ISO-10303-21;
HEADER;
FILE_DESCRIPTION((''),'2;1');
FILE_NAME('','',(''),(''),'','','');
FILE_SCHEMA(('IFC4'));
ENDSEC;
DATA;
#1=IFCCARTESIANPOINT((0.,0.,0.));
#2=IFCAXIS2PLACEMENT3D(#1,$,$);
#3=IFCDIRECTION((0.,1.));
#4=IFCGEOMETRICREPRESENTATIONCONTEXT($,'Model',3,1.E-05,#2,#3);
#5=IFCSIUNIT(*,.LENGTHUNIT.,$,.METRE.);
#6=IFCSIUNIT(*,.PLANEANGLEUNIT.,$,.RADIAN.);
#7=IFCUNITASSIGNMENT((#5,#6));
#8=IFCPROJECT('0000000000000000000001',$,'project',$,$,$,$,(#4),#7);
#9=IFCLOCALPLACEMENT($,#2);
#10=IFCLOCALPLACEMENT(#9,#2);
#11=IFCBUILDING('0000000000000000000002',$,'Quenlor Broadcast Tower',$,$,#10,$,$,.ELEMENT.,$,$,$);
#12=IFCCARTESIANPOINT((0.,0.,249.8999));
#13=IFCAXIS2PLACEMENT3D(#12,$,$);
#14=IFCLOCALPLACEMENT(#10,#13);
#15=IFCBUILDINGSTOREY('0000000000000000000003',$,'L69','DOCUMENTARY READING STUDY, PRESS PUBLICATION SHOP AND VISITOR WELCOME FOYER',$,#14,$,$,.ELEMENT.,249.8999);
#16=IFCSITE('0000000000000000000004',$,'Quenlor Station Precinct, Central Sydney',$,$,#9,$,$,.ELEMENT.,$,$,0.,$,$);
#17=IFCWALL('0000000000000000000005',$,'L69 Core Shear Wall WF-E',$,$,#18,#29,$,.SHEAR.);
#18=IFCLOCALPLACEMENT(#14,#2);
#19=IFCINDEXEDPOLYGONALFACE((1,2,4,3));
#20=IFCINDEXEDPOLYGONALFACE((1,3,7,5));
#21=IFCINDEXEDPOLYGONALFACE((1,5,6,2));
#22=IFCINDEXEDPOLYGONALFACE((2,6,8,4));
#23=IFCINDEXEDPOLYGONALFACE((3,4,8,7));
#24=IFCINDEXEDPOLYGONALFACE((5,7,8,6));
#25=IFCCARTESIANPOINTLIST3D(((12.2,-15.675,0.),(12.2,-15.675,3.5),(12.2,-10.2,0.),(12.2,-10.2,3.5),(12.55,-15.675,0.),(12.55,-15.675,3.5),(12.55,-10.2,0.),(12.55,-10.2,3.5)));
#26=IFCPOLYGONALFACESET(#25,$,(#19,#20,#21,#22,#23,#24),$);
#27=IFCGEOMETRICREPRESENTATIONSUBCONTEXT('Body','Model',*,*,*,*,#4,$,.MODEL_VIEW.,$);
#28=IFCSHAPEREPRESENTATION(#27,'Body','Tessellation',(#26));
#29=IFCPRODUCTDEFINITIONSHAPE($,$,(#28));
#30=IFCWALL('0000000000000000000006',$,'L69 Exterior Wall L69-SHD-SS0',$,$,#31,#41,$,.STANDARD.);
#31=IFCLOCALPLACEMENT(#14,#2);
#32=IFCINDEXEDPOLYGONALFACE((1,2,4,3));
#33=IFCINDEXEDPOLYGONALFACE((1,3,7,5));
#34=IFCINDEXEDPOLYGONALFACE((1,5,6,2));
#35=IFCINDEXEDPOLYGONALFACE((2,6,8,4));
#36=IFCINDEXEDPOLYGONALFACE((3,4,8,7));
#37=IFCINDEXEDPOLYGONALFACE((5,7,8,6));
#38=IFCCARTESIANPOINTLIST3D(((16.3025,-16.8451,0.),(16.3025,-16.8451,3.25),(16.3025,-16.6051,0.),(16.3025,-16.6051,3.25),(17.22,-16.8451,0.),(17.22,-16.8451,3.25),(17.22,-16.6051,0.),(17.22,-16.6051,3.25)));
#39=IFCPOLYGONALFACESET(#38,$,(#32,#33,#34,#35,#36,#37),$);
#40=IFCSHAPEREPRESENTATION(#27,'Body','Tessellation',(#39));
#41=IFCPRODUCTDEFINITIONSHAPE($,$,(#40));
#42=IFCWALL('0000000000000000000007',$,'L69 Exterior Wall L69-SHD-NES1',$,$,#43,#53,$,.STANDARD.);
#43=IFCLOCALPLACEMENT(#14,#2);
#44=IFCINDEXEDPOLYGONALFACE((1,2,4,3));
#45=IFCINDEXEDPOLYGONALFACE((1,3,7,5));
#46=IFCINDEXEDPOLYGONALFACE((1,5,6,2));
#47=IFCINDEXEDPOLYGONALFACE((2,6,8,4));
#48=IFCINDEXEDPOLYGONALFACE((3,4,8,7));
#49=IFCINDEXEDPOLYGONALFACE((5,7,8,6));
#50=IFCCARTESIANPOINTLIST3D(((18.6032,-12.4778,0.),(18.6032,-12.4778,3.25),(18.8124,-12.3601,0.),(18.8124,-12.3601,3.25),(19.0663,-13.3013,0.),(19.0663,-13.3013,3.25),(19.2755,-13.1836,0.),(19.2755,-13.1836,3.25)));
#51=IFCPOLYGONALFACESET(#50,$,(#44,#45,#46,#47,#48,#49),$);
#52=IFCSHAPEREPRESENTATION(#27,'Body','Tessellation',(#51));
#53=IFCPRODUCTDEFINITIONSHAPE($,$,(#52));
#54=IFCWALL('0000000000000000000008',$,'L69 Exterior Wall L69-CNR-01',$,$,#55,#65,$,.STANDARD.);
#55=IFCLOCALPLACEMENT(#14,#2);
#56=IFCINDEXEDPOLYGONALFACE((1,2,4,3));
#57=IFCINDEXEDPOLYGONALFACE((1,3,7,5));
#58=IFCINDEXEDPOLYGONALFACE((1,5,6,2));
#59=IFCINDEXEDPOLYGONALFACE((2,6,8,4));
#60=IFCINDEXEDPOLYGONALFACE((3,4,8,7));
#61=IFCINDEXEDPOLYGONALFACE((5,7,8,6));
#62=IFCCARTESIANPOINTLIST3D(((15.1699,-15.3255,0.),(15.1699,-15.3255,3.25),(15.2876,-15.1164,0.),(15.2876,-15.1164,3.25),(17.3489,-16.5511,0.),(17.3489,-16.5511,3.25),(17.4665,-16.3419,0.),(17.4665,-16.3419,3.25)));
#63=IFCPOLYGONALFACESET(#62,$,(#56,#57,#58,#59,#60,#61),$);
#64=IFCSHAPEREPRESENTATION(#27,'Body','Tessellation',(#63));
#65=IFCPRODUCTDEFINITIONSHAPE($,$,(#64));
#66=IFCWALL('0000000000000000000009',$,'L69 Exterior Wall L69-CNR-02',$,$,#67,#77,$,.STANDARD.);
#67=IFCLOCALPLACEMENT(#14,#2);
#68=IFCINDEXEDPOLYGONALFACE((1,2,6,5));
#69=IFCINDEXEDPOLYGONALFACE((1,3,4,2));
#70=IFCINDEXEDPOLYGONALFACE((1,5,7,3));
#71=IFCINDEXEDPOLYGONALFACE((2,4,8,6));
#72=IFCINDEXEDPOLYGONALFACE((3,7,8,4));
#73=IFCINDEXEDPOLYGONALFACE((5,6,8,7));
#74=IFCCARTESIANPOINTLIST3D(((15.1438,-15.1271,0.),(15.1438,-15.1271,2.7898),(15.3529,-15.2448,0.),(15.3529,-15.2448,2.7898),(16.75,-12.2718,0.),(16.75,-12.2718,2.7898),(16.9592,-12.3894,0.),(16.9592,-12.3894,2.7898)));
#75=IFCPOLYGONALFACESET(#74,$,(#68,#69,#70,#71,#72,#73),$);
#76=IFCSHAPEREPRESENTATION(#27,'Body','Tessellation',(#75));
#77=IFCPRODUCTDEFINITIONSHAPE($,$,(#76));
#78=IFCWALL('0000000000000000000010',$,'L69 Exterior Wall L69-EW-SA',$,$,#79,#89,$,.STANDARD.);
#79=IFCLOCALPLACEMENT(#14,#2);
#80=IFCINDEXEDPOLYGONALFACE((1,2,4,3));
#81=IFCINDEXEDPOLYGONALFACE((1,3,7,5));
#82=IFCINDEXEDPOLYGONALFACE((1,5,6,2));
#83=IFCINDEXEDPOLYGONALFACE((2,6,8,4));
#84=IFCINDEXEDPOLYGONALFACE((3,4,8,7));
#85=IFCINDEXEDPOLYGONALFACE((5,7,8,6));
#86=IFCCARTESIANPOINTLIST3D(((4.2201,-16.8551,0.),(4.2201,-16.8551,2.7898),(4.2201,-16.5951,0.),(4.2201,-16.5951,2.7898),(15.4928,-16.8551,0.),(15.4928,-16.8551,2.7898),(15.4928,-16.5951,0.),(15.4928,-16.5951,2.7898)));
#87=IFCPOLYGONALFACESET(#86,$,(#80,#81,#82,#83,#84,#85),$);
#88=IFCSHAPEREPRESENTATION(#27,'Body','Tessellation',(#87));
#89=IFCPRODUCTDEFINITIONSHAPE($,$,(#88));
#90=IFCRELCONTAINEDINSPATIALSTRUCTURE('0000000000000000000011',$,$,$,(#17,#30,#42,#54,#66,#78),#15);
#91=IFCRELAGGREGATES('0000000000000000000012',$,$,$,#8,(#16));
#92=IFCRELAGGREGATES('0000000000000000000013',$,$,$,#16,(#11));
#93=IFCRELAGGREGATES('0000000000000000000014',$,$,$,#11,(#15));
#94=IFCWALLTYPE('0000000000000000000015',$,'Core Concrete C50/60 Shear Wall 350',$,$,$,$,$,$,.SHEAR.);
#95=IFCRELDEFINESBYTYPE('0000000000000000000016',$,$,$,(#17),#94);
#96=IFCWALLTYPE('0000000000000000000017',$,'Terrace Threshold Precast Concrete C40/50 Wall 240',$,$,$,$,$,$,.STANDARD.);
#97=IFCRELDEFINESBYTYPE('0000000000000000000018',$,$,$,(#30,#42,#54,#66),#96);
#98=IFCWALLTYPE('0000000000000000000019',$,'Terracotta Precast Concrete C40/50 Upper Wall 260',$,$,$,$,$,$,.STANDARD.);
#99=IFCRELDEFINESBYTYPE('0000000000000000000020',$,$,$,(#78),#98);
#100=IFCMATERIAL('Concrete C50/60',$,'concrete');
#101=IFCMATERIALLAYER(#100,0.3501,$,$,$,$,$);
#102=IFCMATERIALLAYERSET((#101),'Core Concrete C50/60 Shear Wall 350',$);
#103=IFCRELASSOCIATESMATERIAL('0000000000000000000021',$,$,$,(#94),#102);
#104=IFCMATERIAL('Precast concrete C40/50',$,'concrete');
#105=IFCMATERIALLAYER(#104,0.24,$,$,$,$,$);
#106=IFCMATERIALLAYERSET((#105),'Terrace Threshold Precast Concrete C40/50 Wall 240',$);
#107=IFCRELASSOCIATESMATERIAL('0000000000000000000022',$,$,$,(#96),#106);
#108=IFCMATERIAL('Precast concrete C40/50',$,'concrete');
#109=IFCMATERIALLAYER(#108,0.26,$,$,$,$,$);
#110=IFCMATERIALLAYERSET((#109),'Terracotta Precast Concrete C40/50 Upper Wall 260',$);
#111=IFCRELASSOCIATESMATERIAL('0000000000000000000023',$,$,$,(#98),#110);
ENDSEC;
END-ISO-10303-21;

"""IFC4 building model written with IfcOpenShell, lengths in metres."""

from ifc_helpers import new_model, si_unit, direction, frame, frame_2d, origin, place, context, subcontext, project, spatial, rectangle, extrude, material, layer, layer_set, type_object, element, save


model = new_model("IFC4")

# Units and contexts
model_context = context("Model", 3, precision=1e-05, world=origin(), true_north=direction((0.0, 1.0)))
body_context = subcontext(model_context, "Body", "Model", "MODEL_VIEW")
ifc_project = project(units=[si_unit("LENGTHUNIT", "METRE"), si_unit("PLANEANGLEUNIT", "RADIAN")], contexts=[model_context])

# Site, building, storey
site_placement = place(None, origin())
site = spatial("IfcSite", under=ifc_project, at=site_placement, Name="Quenlor Station Precinct, Central Sydney", CompositionType="ELEMENT", RefElevation=0.0)
building_placement = place(site_placement, origin())
building = spatial("IfcBuilding", under=site, at=building_placement, Name="Quenlor Broadcast Tower", CompositionType="ELEMENT")
storey_placement = place(building_placement, frame((0.0, 0.0, 249.8999)))
storey = spatial("IfcBuildingStorey", under=building, at=storey_placement, Name="L69", Description="DOCUMENTARY READING STUDY, PRESS PUBLICATION SHOP AND VISITOR WELCOME FOYER", CompositionType="ELEMENT", Elevation=249.8999)

# Walls
ifc_material_1 = material(Name="Concrete C50/60", Category="concrete")
ifc_layer_1 = layer(ifc_material_1, 0.3501)
ifc_layer_set_1 = layer_set([ifc_layer_1], Name="Core Concrete C50/60 Shear Wall 350")
wall_type_1 = type_object("IfcWallType", Name="Core Concrete C50/60 Shear Wall 350", PredefinedType="SHEAR", material=ifc_layer_set_1)
wall_1_placement = place(storey_placement, frame((12.375, -15.675, 0.0), z_axis=(0.0, 0.0, 1.0), x_axis=(0.0, 1.0, 0.0)))
element("IfcWall", 1, at=wall_1_placement, inside=storey, type_object=wall_type_1, Name="L69 Core Shear Wall WF-E", PredefinedType="SHEAR", context=body_context, shape_type="SweptSolid", body=[
    extrude(rectangle(XDim=5.4751, YDim=0.3501, at=frame_2d((2.7375, 0.0))), origin(), (0.0, 0.0, 1.0), 3.5),
])
ifc_material_2 = material(Name="Precast concrete C40/50", Category="concrete")
ifc_layer_2 = layer(ifc_material_2, 0.24)
ifc_layer_set_2 = layer_set([ifc_layer_2], Name="Terrace Threshold Precast Concrete C40/50 Wall 240")
wall_type_2 = type_object("IfcWallType", Name="Terrace Threshold Precast Concrete C40/50 Wall 240", PredefinedType="STANDARD", material=ifc_layer_set_2)
wall_2_placement = place(storey_placement, frame((17.22, -16.7251, 0.0), z_axis=(0.0, 0.0, 1.0), x_axis=(-1.0, 0.0, 0.0)))
element("IfcWall", 2, at=wall_2_placement, inside=storey, type_object=wall_type_2, Name="L69 Exterior Wall L69-SHD-SS0", PredefinedType="STANDARD", context=body_context, shape_type="SweptSolid", body=[
    extrude(rectangle(XDim=0.9175, YDim=0.24, at=frame_2d((0.4587, 0.0))), origin(), (0.0, 0.0, 1.0), 3.25),
])
wall_3_placement = place(storey_placement, frame((18.7078, -12.4189, 0.0), z_axis=(0.0, 0.0, 1.0), x_axis=(0.4902, -0.87161, 0.0)))
element("IfcWall", 3, at=wall_3_placement, inside=storey, type_object=wall_type_2, Name="L69 Exterior Wall L69-SHD-NES1", PredefinedType="STANDARD", context=body_context, shape_type="SweptSolid", body=[
    extrude(rectangle(XDim=0.9448, YDim=0.24, at=frame_2d((0.4724, 0.0))), origin(), (0.0, 0.0, 1.0), 3.25),
])
wall_4_placement = place(storey_placement, frame((17.4077, -16.4465, 0.0), z_axis=(0.0, 0.0, 1.0), x_axis=(-0.871589, 0.490238, 0.0)))
element("IfcWall", 4, at=wall_4_placement, inside=storey, type_object=wall_type_2, Name="L69 Exterior Wall L69-CNR-01", PredefinedType="STANDARD", context=body_context, shape_type="SweptSolid", body=[
    extrude(rectangle(XDim=2.5, YDim=0.24, at=frame_2d((1.25, 0.0))), origin(), (0.0, 0.0, 1.0), 3.25),
])
wall_5_placement = place(storey_placement, frame((15.2483, -15.186, 0.0), z_axis=(0.0, 0.0, 1.0), x_axis=(0.490293, 0.871558, 0.0)))
element("IfcWall", 5, at=wall_5_placement, inside=storey, type_object=wall_type_2, Name="L69 Exterior Wall L69-CNR-02", PredefinedType="STANDARD", context=body_context, shape_type="SweptSolid", body=[
    extrude(rectangle(XDim=3.2761, YDim=0.24, at=frame_2d((1.6382, 0.0))), origin(), (0.0, 0.0, 1.0), 2.7898),
])
ifc_material_3 = material(Name="Precast concrete C40/50", Category="concrete")
ifc_layer_3 = layer(ifc_material_3, 0.26)
ifc_layer_set_3 = layer_set([ifc_layer_3], Name="Terracotta Precast Concrete C40/50 Upper Wall 260")
wall_type_3 = type_object("IfcWallType", Name="Terracotta Precast Concrete C40/50 Upper Wall 260", PredefinedType="STANDARD", material=ifc_layer_set_3)
wall_6_placement = place(storey_placement, frame((15.4927, -16.7251, 0.0), z_axis=(0.0, 0.0, 1.0), x_axis=(-1.0, 0.0, 0.0)))
element("IfcWall", 6, at=wall_6_placement, inside=storey, type_object=wall_type_3, Name="L69 Exterior Wall L69-EW-SA", PredefinedType="STANDARD", context=body_context, shape_type="SweptSolid", body=[
    extrude(rectangle(XDim=11.2727, YDim=0.26, at=frame_2d((5.6362, 0.0))), origin(), (0.0, 0.0, 1.0), 2.7898),
])

save(model, "model.ifc")
